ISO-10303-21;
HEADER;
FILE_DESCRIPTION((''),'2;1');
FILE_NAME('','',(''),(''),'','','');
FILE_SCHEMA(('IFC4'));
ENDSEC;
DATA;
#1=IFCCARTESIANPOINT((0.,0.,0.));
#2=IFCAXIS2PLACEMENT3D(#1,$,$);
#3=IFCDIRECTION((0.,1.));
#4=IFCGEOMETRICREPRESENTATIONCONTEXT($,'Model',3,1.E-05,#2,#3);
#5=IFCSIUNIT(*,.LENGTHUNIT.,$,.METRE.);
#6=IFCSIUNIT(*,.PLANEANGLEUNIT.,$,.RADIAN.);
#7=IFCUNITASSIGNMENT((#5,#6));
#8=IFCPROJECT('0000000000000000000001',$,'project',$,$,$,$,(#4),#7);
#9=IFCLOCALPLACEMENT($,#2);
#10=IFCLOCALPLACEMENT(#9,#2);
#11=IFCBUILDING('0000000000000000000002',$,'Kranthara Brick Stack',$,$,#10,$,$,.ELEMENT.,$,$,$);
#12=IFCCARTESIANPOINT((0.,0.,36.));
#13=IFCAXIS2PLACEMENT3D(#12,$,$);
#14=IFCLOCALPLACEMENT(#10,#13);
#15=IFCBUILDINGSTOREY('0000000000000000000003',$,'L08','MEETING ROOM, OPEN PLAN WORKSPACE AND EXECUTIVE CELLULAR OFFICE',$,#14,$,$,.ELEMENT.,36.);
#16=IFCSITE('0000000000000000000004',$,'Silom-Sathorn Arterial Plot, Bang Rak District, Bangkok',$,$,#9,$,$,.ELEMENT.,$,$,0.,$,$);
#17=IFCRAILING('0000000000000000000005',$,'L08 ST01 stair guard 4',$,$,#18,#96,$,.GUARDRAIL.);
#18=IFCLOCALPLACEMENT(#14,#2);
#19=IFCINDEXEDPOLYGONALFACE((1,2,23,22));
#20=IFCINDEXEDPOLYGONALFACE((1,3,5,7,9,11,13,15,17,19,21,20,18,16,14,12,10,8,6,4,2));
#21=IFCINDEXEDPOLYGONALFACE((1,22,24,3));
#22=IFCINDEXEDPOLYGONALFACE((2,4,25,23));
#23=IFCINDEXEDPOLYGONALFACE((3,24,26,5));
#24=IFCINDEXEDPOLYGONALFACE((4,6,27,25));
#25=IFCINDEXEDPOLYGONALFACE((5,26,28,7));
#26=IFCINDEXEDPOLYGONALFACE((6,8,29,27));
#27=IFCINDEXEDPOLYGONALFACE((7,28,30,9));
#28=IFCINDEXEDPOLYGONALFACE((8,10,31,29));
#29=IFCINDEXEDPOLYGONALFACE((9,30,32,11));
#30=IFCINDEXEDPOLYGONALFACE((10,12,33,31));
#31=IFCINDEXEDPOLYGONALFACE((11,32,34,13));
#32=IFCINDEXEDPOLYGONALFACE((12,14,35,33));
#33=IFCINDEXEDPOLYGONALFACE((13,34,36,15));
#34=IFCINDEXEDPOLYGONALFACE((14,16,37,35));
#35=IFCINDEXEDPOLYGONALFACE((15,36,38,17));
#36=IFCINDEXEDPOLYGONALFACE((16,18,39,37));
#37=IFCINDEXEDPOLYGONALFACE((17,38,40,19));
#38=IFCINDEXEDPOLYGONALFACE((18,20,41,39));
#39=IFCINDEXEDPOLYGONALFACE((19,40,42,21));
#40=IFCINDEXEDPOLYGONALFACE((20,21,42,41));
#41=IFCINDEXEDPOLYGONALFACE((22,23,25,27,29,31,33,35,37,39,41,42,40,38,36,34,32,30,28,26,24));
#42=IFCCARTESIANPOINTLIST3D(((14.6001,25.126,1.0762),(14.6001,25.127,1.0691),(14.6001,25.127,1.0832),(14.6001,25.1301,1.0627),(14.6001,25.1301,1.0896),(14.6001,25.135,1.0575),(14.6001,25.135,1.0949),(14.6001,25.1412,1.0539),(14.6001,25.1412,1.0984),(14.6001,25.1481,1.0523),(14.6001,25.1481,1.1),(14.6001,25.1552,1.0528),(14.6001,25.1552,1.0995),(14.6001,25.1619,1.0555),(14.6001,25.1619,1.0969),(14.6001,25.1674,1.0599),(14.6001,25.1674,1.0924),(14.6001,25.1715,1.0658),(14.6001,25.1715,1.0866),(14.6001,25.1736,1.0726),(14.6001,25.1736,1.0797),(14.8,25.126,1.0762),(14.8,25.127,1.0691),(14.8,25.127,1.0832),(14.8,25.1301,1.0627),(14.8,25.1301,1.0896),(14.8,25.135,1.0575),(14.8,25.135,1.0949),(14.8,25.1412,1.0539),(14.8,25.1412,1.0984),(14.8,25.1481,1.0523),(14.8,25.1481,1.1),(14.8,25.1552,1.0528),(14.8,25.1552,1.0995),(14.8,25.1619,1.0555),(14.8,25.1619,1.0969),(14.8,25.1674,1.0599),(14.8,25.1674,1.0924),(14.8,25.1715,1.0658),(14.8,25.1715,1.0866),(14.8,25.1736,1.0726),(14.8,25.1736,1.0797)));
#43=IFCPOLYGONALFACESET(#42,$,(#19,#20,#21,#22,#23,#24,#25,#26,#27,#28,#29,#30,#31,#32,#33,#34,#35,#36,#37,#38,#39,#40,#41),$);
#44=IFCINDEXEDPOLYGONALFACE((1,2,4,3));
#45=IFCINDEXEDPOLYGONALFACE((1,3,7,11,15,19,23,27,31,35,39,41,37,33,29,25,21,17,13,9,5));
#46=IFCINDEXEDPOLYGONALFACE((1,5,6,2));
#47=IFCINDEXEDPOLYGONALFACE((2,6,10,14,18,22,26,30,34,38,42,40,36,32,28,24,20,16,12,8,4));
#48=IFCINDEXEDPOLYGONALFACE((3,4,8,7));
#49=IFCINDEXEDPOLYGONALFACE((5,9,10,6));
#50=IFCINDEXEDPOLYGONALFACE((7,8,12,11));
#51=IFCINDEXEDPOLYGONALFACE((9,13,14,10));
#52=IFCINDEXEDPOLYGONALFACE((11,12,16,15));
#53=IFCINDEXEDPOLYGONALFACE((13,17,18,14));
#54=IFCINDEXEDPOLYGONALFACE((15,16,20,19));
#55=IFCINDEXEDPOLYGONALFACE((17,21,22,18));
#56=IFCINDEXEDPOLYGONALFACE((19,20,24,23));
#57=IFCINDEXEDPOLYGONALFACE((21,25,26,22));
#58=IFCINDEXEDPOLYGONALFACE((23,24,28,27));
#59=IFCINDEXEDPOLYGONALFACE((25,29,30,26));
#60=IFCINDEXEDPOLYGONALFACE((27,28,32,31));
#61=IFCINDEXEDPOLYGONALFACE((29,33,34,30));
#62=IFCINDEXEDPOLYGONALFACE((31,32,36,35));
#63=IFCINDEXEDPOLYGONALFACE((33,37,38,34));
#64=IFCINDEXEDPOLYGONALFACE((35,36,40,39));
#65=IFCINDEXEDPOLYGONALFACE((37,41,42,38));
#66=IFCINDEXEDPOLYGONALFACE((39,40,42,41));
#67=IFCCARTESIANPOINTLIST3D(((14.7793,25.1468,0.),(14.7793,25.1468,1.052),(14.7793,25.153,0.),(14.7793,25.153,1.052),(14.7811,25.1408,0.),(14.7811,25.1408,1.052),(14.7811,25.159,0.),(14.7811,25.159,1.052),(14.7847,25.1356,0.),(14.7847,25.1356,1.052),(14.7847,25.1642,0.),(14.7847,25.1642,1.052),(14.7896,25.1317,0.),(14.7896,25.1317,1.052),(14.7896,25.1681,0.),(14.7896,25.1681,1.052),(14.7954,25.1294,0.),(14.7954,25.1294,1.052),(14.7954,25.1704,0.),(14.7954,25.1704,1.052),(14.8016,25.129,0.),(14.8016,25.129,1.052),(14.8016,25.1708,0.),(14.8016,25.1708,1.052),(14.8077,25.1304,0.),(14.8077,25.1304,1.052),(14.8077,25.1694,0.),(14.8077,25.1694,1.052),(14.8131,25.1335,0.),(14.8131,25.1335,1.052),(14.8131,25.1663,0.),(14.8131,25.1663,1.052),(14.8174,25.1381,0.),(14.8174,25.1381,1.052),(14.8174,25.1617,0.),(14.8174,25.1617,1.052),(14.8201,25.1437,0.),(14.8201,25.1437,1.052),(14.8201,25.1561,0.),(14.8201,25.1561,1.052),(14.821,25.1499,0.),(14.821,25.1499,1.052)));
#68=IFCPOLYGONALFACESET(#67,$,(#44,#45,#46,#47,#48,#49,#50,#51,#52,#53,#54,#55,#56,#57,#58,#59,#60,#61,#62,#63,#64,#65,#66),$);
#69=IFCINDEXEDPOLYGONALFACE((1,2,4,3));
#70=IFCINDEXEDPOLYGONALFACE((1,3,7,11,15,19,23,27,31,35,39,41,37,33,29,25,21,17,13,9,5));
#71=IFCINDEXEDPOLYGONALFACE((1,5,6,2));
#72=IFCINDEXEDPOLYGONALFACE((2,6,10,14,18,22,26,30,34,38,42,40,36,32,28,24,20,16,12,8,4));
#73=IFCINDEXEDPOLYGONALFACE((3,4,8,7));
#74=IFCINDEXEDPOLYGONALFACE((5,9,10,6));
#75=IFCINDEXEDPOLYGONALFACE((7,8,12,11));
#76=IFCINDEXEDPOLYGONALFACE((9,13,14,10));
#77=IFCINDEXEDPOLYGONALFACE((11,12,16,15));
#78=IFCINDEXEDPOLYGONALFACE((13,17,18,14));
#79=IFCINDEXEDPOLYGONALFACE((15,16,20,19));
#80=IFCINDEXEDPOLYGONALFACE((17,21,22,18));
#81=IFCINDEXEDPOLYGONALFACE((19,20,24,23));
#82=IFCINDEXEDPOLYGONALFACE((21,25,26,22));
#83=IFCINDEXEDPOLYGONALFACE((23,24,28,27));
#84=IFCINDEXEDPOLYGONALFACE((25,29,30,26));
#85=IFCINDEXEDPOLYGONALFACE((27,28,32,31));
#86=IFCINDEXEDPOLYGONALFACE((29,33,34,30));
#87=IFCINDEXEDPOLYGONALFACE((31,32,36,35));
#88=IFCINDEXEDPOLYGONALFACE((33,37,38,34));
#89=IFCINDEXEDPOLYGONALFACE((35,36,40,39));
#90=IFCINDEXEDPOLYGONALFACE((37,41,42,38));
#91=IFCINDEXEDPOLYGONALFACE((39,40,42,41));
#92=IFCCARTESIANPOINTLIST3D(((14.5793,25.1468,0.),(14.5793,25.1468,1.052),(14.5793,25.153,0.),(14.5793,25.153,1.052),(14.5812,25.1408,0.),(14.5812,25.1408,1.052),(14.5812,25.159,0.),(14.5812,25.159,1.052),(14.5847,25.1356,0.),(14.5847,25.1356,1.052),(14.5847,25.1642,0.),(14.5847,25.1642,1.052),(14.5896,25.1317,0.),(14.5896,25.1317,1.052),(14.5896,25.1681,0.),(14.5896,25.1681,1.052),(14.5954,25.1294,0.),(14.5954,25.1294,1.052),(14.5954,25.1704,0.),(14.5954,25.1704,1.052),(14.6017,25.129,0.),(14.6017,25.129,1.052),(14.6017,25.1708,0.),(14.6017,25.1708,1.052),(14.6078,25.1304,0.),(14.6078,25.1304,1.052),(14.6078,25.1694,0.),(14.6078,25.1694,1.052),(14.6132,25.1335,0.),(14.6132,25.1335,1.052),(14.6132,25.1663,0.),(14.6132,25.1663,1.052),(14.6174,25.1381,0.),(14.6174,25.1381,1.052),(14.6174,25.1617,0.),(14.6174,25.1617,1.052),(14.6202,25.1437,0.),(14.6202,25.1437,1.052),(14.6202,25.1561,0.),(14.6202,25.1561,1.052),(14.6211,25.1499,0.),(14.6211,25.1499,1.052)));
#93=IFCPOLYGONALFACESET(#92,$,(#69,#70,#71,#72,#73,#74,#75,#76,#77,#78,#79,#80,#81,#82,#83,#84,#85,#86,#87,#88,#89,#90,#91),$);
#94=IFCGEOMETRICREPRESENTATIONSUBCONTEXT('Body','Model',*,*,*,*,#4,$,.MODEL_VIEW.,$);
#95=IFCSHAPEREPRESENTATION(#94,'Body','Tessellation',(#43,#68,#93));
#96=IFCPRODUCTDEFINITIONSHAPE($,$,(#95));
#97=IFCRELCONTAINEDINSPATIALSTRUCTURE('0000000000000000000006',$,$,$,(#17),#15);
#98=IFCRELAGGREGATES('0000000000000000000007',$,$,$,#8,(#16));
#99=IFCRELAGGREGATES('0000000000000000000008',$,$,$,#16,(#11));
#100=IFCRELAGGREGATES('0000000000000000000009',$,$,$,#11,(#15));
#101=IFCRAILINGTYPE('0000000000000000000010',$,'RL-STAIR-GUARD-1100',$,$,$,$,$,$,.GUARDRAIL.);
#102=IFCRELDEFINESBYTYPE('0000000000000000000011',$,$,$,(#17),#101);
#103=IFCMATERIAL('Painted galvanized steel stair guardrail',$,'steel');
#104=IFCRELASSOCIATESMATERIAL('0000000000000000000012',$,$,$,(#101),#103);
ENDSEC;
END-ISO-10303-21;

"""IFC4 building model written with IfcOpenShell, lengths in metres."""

from ifc_helpers import new_model, si_unit, direction, frame, origin, origin_2d, place, context, subcontext, project, spatial, circle, extrude, material, type_object, element, save


model = new_model("IFC4")

# Units and contexts
model_context = context("Model", 3, precision=1e-05, world=origin(), true_north=direction((0.0, 1.0)))
body_context = subcontext(model_context, "Body", "Model", "MODEL_VIEW")
ifc_project = project(units=[si_unit("LENGTHUNIT", "METRE"), si_unit("PLANEANGLEUNIT", "RADIAN")], contexts=[model_context])

# Site, building, storey
site_placement = place(None, origin())
site = spatial("IfcSite", under=ifc_project, at=site_placement, Name="Silom-Sathorn Arterial Plot, Bang Rak District, Bangkok", CompositionType="ELEMENT", RefElevation=0.0)
building_placement = place(site_placement, origin())
building = spatial("IfcBuilding", under=site, at=building_placement, Name="Kranthara Brick Stack", CompositionType="ELEMENT")
storey_placement = place(building_placement, frame((0.0, 0.0, 36.0)))
storey = spatial("IfcBuildingStorey", under=building, at=storey_placement, Name="L08", Description="MEETING ROOM, OPEN PLAN WORKSPACE AND EXECUTIVE CELLULAR OFFICE", CompositionType="ELEMENT", Elevation=36.0)

# Railing
ifc_material_1 = material(Name="Painted galvanized steel stair guardrail", Category="steel")
railing_type_1 = type_object("IfcRailingType", Name="RL-STAIR-GUARD-1100", PredefinedType="GUARDRAIL", material=ifc_material_1)
railing_1_placement = place(storey_placement, frame((14.8, 25.1499, 0.0)))
element("IfcRailing", 1, at=railing_1_placement, inside=storey, type_object=railing_type_1, Name="L08 ST01 stair guard 4", PredefinedType="GUARDRAIL", context=body_context, shape_type="SweptSolid", body=[
    extrude(circle(Radius=0.0239, at=origin_2d()), frame((0.0, 0.0, 1.0762), z_axis=(-1.0, 0.0, 0.0), x_axis=(0.0, -1.0, 0.0)), (0.0, 0.0, 1.0), 0.2),
    extrude(circle(Radius=0.021, at=origin_2d()), origin(), (0.0, 0.0, 1.0), 1.052),
    extrude(circle(Radius=0.021, at=origin_2d()), frame((-0.2, 0.0, 0.0)), (0.0, 0.0, 1.0), 1.052),
])

save(model, "model.ifc")
